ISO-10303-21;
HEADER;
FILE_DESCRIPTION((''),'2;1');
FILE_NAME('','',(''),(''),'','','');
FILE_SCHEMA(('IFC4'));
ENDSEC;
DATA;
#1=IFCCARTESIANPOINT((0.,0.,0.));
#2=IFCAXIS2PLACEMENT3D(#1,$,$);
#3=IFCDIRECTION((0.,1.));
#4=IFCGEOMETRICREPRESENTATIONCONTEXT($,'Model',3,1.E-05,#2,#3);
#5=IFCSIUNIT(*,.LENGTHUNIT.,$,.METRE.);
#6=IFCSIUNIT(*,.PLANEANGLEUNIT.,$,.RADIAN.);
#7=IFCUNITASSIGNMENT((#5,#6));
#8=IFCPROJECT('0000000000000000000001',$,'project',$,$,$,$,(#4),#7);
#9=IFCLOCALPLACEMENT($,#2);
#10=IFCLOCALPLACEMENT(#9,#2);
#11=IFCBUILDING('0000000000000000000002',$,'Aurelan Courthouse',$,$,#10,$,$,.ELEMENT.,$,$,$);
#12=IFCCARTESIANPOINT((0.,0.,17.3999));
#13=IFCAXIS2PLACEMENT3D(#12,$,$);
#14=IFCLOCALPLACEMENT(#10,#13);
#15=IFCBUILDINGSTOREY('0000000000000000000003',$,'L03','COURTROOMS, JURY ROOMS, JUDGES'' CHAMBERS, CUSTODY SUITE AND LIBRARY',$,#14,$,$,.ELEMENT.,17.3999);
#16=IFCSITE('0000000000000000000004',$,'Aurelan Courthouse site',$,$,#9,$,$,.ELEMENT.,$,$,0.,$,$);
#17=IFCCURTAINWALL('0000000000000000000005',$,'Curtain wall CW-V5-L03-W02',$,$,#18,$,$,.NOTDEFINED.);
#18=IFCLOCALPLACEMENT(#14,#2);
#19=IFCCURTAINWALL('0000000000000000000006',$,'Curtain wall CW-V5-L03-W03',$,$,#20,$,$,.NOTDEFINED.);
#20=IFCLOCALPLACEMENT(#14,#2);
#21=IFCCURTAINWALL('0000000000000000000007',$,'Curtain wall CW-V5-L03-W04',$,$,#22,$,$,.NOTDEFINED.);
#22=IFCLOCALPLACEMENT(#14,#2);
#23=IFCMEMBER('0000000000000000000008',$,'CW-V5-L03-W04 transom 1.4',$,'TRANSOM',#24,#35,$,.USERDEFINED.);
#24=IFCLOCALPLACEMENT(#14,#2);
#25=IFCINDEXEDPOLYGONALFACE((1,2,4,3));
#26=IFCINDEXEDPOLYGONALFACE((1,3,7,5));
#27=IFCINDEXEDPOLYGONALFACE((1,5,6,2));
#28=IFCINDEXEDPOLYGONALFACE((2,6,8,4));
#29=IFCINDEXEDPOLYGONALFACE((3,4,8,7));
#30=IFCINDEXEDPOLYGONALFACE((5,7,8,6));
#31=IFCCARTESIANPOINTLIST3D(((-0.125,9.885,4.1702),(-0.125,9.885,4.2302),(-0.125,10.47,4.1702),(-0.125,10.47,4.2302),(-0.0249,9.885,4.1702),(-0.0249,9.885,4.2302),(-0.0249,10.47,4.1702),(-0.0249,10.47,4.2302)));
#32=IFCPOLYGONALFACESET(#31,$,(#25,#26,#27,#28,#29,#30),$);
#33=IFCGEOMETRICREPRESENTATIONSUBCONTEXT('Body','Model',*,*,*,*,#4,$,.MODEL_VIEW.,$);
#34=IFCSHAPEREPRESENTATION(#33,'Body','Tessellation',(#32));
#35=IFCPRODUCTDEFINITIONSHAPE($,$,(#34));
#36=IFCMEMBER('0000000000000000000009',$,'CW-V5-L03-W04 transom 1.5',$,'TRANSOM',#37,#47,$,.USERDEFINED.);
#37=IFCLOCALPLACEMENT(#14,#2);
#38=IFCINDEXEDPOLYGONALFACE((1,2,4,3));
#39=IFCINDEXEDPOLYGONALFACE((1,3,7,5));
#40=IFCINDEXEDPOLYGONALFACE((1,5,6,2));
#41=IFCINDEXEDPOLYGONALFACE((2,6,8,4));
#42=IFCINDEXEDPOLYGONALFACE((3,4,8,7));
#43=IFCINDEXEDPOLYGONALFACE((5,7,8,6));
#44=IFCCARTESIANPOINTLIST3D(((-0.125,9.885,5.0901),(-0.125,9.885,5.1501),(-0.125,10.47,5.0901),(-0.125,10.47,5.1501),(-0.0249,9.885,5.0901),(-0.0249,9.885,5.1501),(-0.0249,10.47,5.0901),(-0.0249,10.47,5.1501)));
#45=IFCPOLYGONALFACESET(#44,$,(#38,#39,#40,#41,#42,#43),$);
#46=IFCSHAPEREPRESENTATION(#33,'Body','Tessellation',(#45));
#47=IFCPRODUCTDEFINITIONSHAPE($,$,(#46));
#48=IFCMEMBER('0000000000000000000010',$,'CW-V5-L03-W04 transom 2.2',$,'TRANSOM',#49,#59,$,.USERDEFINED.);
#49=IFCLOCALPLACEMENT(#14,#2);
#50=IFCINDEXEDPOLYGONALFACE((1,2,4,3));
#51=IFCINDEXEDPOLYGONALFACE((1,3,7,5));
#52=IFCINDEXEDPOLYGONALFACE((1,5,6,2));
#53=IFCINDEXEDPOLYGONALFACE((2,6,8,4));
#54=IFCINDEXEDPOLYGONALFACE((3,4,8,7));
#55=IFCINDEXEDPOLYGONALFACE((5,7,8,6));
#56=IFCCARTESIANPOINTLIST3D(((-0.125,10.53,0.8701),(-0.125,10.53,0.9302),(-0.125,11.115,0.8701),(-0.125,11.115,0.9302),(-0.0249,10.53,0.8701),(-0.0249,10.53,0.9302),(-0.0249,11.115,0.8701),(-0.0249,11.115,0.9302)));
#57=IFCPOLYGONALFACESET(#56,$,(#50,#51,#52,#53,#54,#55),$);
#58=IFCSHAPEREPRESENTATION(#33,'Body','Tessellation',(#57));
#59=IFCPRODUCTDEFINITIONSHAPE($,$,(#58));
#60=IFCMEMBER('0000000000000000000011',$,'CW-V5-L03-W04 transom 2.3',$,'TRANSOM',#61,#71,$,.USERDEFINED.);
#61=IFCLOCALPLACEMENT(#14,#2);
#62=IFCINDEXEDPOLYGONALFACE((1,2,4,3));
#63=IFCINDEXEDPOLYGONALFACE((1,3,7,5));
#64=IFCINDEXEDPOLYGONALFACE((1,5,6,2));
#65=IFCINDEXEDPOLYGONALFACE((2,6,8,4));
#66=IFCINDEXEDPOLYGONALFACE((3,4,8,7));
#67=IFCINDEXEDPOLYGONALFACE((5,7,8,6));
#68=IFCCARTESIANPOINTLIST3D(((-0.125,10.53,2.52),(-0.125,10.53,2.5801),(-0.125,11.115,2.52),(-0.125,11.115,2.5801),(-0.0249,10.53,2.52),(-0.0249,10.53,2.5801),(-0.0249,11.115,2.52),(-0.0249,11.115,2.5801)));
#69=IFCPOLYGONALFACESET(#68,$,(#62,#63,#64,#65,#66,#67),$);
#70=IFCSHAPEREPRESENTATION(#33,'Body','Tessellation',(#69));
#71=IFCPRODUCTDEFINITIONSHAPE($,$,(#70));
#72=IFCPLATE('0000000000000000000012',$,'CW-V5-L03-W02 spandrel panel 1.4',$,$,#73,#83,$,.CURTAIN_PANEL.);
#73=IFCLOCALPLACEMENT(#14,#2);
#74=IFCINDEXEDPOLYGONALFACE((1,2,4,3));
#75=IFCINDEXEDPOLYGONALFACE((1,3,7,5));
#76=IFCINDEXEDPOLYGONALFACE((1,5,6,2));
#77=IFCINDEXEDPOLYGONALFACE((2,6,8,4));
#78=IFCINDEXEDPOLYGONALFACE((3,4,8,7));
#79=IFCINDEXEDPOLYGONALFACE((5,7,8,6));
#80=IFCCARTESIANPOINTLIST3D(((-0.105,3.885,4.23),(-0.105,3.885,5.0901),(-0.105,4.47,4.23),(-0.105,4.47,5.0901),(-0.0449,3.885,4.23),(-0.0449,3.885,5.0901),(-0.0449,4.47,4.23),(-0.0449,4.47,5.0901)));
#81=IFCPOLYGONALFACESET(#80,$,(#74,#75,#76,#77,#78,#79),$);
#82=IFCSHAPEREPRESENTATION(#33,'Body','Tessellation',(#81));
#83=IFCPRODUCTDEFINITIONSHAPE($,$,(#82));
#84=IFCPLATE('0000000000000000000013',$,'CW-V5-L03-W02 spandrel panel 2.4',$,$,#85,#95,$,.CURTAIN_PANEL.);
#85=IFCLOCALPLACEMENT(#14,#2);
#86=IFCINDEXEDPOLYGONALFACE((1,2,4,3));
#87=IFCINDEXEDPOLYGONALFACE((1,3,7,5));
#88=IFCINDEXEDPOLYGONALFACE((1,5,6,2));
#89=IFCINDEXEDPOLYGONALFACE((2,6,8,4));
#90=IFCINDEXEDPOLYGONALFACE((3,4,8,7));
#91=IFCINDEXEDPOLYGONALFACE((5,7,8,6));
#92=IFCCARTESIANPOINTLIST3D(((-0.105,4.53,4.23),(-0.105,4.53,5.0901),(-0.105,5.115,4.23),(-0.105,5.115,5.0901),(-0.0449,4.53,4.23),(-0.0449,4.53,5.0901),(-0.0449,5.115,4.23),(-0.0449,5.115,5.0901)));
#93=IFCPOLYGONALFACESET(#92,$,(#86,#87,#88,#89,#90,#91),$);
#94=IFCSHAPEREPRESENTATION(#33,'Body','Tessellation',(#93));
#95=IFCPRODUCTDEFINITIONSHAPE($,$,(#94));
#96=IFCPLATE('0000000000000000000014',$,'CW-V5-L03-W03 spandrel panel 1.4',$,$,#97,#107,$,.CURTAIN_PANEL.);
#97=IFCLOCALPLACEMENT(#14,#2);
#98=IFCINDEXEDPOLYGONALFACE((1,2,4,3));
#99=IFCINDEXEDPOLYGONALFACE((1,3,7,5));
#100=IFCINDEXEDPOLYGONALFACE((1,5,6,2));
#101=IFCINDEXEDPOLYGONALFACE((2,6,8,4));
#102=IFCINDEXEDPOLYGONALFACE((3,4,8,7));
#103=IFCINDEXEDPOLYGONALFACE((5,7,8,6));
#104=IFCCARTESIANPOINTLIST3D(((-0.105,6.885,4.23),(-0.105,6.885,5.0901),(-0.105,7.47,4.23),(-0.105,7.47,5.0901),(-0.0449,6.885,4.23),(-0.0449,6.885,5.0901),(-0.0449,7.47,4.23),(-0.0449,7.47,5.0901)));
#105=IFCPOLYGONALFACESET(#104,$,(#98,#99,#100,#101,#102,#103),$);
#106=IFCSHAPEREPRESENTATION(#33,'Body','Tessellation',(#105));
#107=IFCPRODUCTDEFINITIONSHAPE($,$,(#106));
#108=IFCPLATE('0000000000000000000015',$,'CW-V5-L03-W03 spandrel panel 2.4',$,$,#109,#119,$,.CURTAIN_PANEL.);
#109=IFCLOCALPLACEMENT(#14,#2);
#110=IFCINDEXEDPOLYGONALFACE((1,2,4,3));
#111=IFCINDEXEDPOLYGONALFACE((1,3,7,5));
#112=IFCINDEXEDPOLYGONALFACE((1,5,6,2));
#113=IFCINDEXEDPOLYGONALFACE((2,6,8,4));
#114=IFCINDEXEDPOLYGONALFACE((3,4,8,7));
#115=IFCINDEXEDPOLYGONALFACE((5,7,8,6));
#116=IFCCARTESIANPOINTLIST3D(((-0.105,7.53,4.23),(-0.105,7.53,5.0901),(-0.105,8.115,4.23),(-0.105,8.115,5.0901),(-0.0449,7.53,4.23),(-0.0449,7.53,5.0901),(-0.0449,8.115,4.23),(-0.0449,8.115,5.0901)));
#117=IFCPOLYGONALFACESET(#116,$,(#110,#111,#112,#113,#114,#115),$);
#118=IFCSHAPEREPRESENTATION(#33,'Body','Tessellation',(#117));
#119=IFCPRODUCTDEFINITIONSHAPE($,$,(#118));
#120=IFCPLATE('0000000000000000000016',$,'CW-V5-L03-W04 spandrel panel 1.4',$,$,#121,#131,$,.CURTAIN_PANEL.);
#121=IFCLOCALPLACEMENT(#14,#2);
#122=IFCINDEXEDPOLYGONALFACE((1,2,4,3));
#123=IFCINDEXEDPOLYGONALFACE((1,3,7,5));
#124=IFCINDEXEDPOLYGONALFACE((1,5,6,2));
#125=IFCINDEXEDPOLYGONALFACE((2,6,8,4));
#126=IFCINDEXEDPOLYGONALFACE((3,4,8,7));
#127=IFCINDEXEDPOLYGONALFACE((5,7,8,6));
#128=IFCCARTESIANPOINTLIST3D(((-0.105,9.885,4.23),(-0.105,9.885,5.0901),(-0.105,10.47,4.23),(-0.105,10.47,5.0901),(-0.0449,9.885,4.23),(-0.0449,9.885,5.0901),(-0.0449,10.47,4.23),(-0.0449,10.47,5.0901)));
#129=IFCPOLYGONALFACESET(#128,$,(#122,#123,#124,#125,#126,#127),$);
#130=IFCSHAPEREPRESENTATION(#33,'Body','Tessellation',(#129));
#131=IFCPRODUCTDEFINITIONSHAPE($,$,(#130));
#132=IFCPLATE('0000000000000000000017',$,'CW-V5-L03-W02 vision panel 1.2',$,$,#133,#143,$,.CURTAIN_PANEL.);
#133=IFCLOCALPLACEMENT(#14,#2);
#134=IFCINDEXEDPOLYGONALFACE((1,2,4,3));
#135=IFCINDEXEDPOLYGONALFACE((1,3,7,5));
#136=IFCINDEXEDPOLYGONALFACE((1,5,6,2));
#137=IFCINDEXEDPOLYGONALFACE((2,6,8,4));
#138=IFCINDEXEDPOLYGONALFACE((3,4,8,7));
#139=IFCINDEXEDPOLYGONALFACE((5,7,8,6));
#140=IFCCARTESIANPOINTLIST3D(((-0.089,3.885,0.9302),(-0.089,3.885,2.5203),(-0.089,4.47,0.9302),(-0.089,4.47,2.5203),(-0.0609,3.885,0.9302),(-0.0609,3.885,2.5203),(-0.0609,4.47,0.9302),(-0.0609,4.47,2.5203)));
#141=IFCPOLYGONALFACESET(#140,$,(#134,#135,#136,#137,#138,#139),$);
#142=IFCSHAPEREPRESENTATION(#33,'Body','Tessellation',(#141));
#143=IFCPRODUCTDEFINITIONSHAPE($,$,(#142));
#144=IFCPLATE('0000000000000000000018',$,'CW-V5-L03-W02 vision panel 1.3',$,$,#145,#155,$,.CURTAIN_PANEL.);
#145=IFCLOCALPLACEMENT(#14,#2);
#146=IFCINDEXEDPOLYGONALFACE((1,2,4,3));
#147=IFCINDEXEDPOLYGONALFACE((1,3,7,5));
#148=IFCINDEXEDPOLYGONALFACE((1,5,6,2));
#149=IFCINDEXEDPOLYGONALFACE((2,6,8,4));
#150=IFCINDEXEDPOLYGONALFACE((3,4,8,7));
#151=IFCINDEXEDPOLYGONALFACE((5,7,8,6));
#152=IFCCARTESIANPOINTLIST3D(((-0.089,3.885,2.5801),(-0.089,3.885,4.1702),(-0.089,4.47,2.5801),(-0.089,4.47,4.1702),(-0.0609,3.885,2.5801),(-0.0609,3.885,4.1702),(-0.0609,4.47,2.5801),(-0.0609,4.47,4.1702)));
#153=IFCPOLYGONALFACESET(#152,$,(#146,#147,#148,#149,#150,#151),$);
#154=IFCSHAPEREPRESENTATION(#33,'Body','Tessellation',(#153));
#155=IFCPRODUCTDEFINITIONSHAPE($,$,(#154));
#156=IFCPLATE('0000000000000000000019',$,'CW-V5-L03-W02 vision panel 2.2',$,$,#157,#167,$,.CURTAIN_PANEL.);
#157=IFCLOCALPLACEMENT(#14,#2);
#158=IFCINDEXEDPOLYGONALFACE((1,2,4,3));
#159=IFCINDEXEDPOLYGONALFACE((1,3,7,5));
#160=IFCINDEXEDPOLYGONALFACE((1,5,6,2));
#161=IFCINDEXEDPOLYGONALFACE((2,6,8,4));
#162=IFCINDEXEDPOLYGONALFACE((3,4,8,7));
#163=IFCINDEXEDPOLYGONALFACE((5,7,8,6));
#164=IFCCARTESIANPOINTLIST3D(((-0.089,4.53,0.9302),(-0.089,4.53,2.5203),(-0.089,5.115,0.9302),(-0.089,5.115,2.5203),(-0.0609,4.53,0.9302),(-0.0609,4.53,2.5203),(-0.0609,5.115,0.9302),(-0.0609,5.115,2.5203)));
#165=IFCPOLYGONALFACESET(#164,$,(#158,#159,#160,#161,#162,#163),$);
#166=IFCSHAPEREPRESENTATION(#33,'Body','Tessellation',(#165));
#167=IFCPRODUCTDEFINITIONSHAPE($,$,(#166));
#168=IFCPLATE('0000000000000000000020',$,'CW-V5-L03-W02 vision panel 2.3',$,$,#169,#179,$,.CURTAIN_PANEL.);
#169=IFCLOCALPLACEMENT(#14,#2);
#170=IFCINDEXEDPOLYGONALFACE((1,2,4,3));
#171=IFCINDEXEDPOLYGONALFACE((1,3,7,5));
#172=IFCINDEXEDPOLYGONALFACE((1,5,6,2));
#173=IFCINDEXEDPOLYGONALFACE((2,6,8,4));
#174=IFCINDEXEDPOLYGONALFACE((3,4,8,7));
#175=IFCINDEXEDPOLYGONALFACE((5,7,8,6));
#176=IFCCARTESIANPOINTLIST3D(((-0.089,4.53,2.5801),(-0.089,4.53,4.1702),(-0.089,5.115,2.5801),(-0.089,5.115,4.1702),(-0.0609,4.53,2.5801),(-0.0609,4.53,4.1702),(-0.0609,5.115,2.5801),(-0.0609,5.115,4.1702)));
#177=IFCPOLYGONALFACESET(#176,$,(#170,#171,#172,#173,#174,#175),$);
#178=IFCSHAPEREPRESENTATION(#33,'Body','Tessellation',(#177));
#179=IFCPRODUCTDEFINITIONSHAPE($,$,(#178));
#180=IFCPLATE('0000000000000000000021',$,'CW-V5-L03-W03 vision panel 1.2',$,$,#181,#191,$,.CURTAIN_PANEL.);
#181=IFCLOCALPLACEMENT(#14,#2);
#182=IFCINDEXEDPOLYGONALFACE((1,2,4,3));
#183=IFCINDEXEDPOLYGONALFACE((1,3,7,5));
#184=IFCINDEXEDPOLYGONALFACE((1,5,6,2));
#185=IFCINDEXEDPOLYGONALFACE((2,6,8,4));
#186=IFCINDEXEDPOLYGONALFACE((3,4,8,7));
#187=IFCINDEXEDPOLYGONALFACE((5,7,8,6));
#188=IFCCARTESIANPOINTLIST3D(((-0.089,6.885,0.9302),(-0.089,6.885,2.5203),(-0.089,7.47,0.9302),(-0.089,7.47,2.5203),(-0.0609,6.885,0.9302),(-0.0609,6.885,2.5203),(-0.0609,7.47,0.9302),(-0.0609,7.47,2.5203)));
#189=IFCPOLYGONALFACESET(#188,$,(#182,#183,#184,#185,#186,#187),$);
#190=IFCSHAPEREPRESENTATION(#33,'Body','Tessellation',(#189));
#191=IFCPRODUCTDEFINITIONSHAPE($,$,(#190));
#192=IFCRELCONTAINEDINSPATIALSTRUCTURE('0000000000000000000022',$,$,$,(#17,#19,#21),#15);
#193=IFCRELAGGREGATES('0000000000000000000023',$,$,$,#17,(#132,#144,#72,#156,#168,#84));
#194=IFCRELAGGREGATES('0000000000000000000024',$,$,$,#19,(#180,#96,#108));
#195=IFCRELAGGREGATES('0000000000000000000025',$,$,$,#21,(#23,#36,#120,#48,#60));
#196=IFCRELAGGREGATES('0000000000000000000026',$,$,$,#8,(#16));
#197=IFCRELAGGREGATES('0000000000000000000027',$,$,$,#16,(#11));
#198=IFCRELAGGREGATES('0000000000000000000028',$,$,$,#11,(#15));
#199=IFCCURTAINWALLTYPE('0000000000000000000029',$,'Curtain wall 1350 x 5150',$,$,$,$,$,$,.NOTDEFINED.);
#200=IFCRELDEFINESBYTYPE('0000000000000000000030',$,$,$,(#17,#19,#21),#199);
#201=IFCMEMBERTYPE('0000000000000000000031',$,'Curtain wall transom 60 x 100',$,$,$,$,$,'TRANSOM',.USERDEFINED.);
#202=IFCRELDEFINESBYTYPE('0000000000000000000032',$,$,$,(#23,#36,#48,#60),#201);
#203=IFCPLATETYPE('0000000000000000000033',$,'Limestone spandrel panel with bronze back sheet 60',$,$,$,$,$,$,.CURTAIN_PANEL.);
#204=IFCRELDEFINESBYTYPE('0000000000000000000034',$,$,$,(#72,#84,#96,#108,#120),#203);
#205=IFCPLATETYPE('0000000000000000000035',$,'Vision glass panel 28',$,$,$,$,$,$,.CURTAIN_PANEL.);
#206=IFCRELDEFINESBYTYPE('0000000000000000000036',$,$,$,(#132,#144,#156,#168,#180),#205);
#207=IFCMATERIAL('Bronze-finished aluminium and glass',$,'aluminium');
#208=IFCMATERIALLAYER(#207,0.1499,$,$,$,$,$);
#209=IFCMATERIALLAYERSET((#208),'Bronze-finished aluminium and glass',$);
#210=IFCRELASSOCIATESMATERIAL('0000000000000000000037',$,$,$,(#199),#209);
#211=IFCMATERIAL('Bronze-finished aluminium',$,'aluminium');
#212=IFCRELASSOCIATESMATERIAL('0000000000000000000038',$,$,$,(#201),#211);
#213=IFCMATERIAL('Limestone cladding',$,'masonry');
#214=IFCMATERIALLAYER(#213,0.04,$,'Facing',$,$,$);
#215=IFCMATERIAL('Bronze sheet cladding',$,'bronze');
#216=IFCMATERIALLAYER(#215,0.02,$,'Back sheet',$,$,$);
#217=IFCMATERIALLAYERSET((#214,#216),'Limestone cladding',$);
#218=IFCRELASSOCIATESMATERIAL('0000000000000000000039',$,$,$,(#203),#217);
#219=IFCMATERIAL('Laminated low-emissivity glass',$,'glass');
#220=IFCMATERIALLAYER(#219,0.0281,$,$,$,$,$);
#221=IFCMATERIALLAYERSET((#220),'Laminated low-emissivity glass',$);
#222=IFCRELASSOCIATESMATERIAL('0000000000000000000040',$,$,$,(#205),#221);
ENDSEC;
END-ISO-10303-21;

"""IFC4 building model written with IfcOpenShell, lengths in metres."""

from ifc_helpers import new_model, si_unit, direction, frame, origin, origin_2d, place, context, subcontext, project, spatial, rectangle, extrude, material, layer, layer_set, material_profile, profile_set, type_object, element, aggregate, save


model = new_model("IFC4")

# Units and contexts
model_context = context("Model", 3, precision=1e-05, world=origin(), true_north=direction((0.0, 1.0)))
body_context = subcontext(model_context, "Body", "Model", "MODEL_VIEW")
ifc_project = project(units=[si_unit("LENGTHUNIT", "METRE"), si_unit("PLANEANGLEUNIT", "RADIAN")], contexts=[model_context])

# Site, building, storey
site_placement = place(None, origin())
site = spatial("IfcSite", under=ifc_project, at=site_placement, Name="Aurelan Courthouse site", CompositionType="ELEMENT", RefElevation=0.0)
building_placement = place(site_placement, origin())
building = spatial("IfcBuilding", under=site, at=building_placement, Name="Aurelan Courthouse", CompositionType="ELEMENT")
storey_placement = place(building_placement, frame((0.0, 0.0, 17.3999)))
storey = spatial("IfcBuildingStorey", under=building, at=storey_placement, Name="L03", Description="COURTROOMS, JURY ROOMS, JUDGES' CHAMBERS, CUSTODY SUITE AND LIBRARY", CompositionType="ELEMENT", Elevation=17.3999)

# Curtain walls, members
ifc_material_1 = material(Name="Bronze-finished aluminium and glass", Category="aluminium")
ifc_layer_1 = layer(ifc_material_1, 0.1499)
ifc_layer_set_1 = layer_set([ifc_layer_1], Name="Bronze-finished aluminium and glass")
curtain_wall_type = type_object("IfcCurtainWallType", Name="Curtain wall 1350 x 5150", PredefinedType="NOTDEFINED", material=ifc_layer_set_1)
curtain_wall_1_placement = place(storey_placement, origin())
curtain_wall_1 = element("IfcCurtainWall", 1, at=curtain_wall_1_placement, inside=storey, type_object=curtain_wall_type, Name="Curtain wall CW-V5-L03-W02", PredefinedType="NOTDEFINED")
ifc_material_2 = material(Name="Bronze-finished aluminium", Category="aluminium")
ifc_material_profile = material_profile(ifc_material_2, rectangle(XDim=0.1001, YDim=0.0601, at=origin_2d()), Name="Bronze transom 60 x 100")
ifc_profile_set = profile_set([ifc_material_profile], Name="Bronze-finished aluminium")
member_type = type_object("IfcMemberType", Name="Curtain wall transom 60 x 100", ElementType="TRANSOM", PredefinedType="USERDEFINED", material=ifc_profile_set)
curtain_wall_2_placement = place(storey_placement, origin())
curtain_wall_2 = element("IfcCurtainWall", 2, at=curtain_wall_2_placement, inside=storey, type_object=curtain_wall_type, Name="Curtain wall CW-V5-L03-W03", PredefinedType="NOTDEFINED")
curtain_wall_3_placement = place(storey_placement, origin())
curtain_wall_3 = element("IfcCurtainWall", 3, at=curtain_wall_3_placement, inside=storey, type_object=curtain_wall_type, Name="Curtain wall CW-V5-L03-W04", PredefinedType="NOTDEFINED")
member_1_placement = place(storey_placement, frame((-0.075, 9.885, 4.2002), z_axis=(0.0, 1.0, 0.0), x_axis=(-1.0, 0.0, 0.0)))
member_1 = element("IfcMember", 4, at=member_1_placement, type_object=member_type, Name="CW-V5-L03-W04 transom 1.4", ObjectType="TRANSOM", PredefinedType="USERDEFINED", context=body_context, shape_type="SweptSolid", body=[
    extrude(rectangle(XDim=0.1001, YDim=0.0601, at=origin_2d()), origin(), (0.0, 0.0, 1.0), 0.585),
])
member_2_placement = place(storey_placement, frame((-0.075, 9.885, 5.1201), z_axis=(0.0, 1.0, 0.0), x_axis=(-1.0, 0.0, 0.0)))
member_2 = element("IfcMember", 5, at=member_2_placement, type_object=member_type, Name="CW-V5-L03-W04 transom 1.5", ObjectType="TRANSOM", PredefinedType="USERDEFINED", context=body_context, shape_type="SweptSolid", body=[
    extrude(rectangle(XDim=0.1001, YDim=0.0601, at=origin_2d()), origin(), (0.0, 0.0, 1.0), 0.585),
])
member_3_placement = place(storey_placement, frame((-0.075, 10.53, 0.9001), z_axis=(0.0, 1.0, 0.0), x_axis=(-1.0, 0.0, 0.0)))
member_3 = element("IfcMember", 6, at=member_3_placement, type_object=member_type, Name="CW-V5-L03-W04 transom 2.2", ObjectType="TRANSOM", PredefinedType="USERDEFINED", context=body_context, shape_type="SweptSolid", body=[
    extrude(rectangle(XDim=0.1001, YDim=0.0601, at=origin_2d()), origin(), (0.0, 0.0, 1.0), 0.585),
])
member_4_placement = place(storey_placement, frame((-0.075, 10.53, 2.55), z_axis=(0.0, 1.0, 0.0), x_axis=(-1.0, 0.0, 0.0)))
member_4 = element("IfcMember", 7, at=member_4_placement, type_object=member_type, Name="CW-V5-L03-W04 transom 2.3", ObjectType="TRANSOM", PredefinedType="USERDEFINED", context=body_context, shape_type="SweptSolid", body=[
    extrude(rectangle(XDim=0.1001, YDim=0.0601, at=origin_2d()), origin(), (0.0, 0.0, 1.0), 0.585),
])

# Plates
ifc_material_3 = material(Name="Limestone cladding", Category="masonry")
ifc_layer_2 = layer(ifc_material_3, 0.04, Name="Facing")
ifc_material_4 = material(Name="Bronze sheet cladding", Category="bronze")
ifc_layer_3 = layer(ifc_material_4, 0.02, Name="Back sheet")
ifc_layer_set_2 = layer_set([ifc_layer_2, ifc_layer_3], Name="Limestone cladding")
plate_type_1 = type_object("IfcPlateType", Name="Limestone spandrel panel with bronze back sheet 60", PredefinedType="CURTAIN_PANEL", material=ifc_layer_set_2)
plate_1_placement = place(storey_placement, frame((-0.075, 4.1775, 4.23), z_axis=(0.0, 0.0, 1.0), x_axis=(0.0, 1.0, 0.0)))
plate_1 = element("IfcPlate", 8, at=plate_1_placement, type_object=plate_type_1, Name="CW-V5-L03-W02 spandrel panel 1.4", PredefinedType="CURTAIN_PANEL", context=body_context, shape_type="SweptSolid", body=[
    extrude(rectangle(XDim=0.585, YDim=0.0601, at=origin_2d()), origin(), (0.0, 0.0, 1.0), 0.8601),
])
plate_2_placement = place(storey_placement, frame((-0.075, 4.8225, 4.23), z_axis=(0.0, 0.0, 1.0), x_axis=(0.0, 1.0, 0.0)))
plate_2 = element("IfcPlate", 9, at=plate_2_placement, type_object=plate_type_1, Name="CW-V5-L03-W02 spandrel panel 2.4", PredefinedType="CURTAIN_PANEL", context=body_context, shape_type="SweptSolid", body=[
    extrude(rectangle(XDim=0.585, YDim=0.0601, at=origin_2d()), origin(), (0.0, 0.0, 1.0), 0.8601),
])
plate_3_placement = place(storey_placement, frame((-0.075, 7.1775, 4.23), z_axis=(0.0, 0.0, 1.0), x_axis=(0.0, 1.0, 0.0)))
plate_3 = element("IfcPlate", 10, at=plate_3_placement, type_object=plate_type_1, Name="CW-V5-L03-W03 spandrel panel 1.4", PredefinedType="CURTAIN_PANEL", context=body_context, shape_type="SweptSolid", body=[
    extrude(rectangle(XDim=0.585, YDim=0.0601, at=origin_2d()), origin(), (0.0, 0.0, 1.0), 0.8601),
])
plate_4_placement = place(storey_placement, frame((-0.075, 7.8225, 4.23), z_axis=(0.0, 0.0, 1.0), x_axis=(0.0, 1.0, 0.0)))
plate_4 = element("IfcPlate", 11, at=plate_4_placement, type_object=plate_type_1, Name="CW-V5-L03-W03 spandrel panel 2.4", PredefinedType="CURTAIN_PANEL", context=body_context, shape_type="SweptSolid", body=[
    extrude(rectangle(XDim=0.585, YDim=0.0601, at=origin_2d()), origin(), (0.0, 0.0, 1.0), 0.8601),
])
plate_5_placement = place(storey_placement, frame((-0.075, 10.1775, 4.23), z_axis=(0.0, 0.0, 1.0), x_axis=(0.0, 1.0, 0.0)))
plate_5 = element("IfcPlate", 12, at=plate_5_placement, type_object=plate_type_1, Name="CW-V5-L03-W04 spandrel panel 1.4", PredefinedType="CURTAIN_PANEL", context=body_context, shape_type="SweptSolid", body=[
    extrude(rectangle(XDim=0.585, YDim=0.0601, at=origin_2d()), origin(), (0.0, 0.0, 1.0), 0.8601),
])
ifc_material_5 = material(Name="Laminated low-emissivity glass", Category="glass")
ifc_layer_4 = layer(ifc_material_5, 0.0281)
ifc_layer_set_3 = layer_set([ifc_layer_4], Name="Laminated low-emissivity glass")
plate_type_2 = type_object("IfcPlateType", Name="Vision glass panel 28", PredefinedType="CURTAIN_PANEL", material=ifc_layer_set_3)
plate_6_placement = place(storey_placement, frame((-0.075, 4.1775, 0.9302), z_axis=(0.0, 0.0, 1.0), x_axis=(0.0, 1.0, 0.0)))
plate_6 = element("IfcPlate", 13, at=plate_6_placement, type_object=plate_type_2, Name="CW-V5-L03-W02 vision panel 1.2", PredefinedType="CURTAIN_PANEL", context=body_context, shape_type="SweptSolid", body=[
    extrude(rectangle(XDim=0.585, YDim=0.0281, at=origin_2d()), origin(), (0.0, 0.0, 1.0), 1.5901),
])
plate_7_placement = place(storey_placement, frame((-0.075, 4.1775, 2.5801), z_axis=(0.0, 0.0, 1.0), x_axis=(0.0, 1.0, 0.0)))
plate_7 = element("IfcPlate", 14, at=plate_7_placement, type_object=plate_type_2, Name="CW-V5-L03-W02 vision panel 1.3", PredefinedType="CURTAIN_PANEL", context=body_context, shape_type="SweptSolid", body=[
    extrude(rectangle(XDim=0.585, YDim=0.0281, at=origin_2d()), origin(), (0.0, 0.0, 1.0), 1.5901),
])
plate_8_placement = place(storey_placement, frame((-0.075, 4.8225, 0.9302), z_axis=(0.0, 0.0, 1.0), x_axis=(0.0, 1.0, 0.0)))
plate_8 = element("IfcPlate", 15, at=plate_8_placement, type_object=plate_type_2, Name="CW-V5-L03-W02 vision panel 2.2", PredefinedType="CURTAIN_PANEL", context=body_context, shape_type="SweptSolid", body=[
    extrude(rectangle(XDim=0.585, YDim=0.0281, at=origin_2d()), origin(), (0.0, 0.0, 1.0), 1.5901),
])
plate_9_placement = place(storey_placement, frame((-0.075, 4.8225, 2.5801), z_axis=(0.0, 0.0, 1.0), x_axis=(0.0, 1.0, 0.0)))
plate_9 = element("IfcPlate", 16, at=plate_9_placement, type_object=plate_type_2, Name="CW-V5-L03-W02 vision panel 2.3", PredefinedType="CURTAIN_PANEL", context=body_context, shape_type="SweptSolid", body=[
    extrude(rectangle(XDim=0.585, YDim=0.0281, at=origin_2d()), origin(), (0.0, 0.0, 1.0), 1.5901),
])
aggregate(curtain_wall_1, [plate_6, plate_7, plate_1, plate_8, plate_9, plate_2])
plate_10_placement = place(storey_placement, frame((-0.075, 7.1775, 0.9302), z_axis=(0.0, 0.0, 1.0), x_axis=(0.0, 1.0, 0.0)))
plate_10 = element("IfcPlate", 17, at=plate_10_placement, type_object=plate_type_2, Name="CW-V5-L03-W03 vision panel 1.2", PredefinedType="CURTAIN_PANEL", context=body_context, shape_type="SweptSolid", body=[
    extrude(rectangle(XDim=0.585, YDim=0.0281, at=origin_2d()), origin(), (0.0, 0.0, 1.0), 1.5901),
])
aggregate(curtain_wall_2, [plate_10, plate_3, plate_4])
aggregate(curtain_wall_3, [member_1, member_2, plate_5, member_3, member_4])

save(model, "model.ifc")
